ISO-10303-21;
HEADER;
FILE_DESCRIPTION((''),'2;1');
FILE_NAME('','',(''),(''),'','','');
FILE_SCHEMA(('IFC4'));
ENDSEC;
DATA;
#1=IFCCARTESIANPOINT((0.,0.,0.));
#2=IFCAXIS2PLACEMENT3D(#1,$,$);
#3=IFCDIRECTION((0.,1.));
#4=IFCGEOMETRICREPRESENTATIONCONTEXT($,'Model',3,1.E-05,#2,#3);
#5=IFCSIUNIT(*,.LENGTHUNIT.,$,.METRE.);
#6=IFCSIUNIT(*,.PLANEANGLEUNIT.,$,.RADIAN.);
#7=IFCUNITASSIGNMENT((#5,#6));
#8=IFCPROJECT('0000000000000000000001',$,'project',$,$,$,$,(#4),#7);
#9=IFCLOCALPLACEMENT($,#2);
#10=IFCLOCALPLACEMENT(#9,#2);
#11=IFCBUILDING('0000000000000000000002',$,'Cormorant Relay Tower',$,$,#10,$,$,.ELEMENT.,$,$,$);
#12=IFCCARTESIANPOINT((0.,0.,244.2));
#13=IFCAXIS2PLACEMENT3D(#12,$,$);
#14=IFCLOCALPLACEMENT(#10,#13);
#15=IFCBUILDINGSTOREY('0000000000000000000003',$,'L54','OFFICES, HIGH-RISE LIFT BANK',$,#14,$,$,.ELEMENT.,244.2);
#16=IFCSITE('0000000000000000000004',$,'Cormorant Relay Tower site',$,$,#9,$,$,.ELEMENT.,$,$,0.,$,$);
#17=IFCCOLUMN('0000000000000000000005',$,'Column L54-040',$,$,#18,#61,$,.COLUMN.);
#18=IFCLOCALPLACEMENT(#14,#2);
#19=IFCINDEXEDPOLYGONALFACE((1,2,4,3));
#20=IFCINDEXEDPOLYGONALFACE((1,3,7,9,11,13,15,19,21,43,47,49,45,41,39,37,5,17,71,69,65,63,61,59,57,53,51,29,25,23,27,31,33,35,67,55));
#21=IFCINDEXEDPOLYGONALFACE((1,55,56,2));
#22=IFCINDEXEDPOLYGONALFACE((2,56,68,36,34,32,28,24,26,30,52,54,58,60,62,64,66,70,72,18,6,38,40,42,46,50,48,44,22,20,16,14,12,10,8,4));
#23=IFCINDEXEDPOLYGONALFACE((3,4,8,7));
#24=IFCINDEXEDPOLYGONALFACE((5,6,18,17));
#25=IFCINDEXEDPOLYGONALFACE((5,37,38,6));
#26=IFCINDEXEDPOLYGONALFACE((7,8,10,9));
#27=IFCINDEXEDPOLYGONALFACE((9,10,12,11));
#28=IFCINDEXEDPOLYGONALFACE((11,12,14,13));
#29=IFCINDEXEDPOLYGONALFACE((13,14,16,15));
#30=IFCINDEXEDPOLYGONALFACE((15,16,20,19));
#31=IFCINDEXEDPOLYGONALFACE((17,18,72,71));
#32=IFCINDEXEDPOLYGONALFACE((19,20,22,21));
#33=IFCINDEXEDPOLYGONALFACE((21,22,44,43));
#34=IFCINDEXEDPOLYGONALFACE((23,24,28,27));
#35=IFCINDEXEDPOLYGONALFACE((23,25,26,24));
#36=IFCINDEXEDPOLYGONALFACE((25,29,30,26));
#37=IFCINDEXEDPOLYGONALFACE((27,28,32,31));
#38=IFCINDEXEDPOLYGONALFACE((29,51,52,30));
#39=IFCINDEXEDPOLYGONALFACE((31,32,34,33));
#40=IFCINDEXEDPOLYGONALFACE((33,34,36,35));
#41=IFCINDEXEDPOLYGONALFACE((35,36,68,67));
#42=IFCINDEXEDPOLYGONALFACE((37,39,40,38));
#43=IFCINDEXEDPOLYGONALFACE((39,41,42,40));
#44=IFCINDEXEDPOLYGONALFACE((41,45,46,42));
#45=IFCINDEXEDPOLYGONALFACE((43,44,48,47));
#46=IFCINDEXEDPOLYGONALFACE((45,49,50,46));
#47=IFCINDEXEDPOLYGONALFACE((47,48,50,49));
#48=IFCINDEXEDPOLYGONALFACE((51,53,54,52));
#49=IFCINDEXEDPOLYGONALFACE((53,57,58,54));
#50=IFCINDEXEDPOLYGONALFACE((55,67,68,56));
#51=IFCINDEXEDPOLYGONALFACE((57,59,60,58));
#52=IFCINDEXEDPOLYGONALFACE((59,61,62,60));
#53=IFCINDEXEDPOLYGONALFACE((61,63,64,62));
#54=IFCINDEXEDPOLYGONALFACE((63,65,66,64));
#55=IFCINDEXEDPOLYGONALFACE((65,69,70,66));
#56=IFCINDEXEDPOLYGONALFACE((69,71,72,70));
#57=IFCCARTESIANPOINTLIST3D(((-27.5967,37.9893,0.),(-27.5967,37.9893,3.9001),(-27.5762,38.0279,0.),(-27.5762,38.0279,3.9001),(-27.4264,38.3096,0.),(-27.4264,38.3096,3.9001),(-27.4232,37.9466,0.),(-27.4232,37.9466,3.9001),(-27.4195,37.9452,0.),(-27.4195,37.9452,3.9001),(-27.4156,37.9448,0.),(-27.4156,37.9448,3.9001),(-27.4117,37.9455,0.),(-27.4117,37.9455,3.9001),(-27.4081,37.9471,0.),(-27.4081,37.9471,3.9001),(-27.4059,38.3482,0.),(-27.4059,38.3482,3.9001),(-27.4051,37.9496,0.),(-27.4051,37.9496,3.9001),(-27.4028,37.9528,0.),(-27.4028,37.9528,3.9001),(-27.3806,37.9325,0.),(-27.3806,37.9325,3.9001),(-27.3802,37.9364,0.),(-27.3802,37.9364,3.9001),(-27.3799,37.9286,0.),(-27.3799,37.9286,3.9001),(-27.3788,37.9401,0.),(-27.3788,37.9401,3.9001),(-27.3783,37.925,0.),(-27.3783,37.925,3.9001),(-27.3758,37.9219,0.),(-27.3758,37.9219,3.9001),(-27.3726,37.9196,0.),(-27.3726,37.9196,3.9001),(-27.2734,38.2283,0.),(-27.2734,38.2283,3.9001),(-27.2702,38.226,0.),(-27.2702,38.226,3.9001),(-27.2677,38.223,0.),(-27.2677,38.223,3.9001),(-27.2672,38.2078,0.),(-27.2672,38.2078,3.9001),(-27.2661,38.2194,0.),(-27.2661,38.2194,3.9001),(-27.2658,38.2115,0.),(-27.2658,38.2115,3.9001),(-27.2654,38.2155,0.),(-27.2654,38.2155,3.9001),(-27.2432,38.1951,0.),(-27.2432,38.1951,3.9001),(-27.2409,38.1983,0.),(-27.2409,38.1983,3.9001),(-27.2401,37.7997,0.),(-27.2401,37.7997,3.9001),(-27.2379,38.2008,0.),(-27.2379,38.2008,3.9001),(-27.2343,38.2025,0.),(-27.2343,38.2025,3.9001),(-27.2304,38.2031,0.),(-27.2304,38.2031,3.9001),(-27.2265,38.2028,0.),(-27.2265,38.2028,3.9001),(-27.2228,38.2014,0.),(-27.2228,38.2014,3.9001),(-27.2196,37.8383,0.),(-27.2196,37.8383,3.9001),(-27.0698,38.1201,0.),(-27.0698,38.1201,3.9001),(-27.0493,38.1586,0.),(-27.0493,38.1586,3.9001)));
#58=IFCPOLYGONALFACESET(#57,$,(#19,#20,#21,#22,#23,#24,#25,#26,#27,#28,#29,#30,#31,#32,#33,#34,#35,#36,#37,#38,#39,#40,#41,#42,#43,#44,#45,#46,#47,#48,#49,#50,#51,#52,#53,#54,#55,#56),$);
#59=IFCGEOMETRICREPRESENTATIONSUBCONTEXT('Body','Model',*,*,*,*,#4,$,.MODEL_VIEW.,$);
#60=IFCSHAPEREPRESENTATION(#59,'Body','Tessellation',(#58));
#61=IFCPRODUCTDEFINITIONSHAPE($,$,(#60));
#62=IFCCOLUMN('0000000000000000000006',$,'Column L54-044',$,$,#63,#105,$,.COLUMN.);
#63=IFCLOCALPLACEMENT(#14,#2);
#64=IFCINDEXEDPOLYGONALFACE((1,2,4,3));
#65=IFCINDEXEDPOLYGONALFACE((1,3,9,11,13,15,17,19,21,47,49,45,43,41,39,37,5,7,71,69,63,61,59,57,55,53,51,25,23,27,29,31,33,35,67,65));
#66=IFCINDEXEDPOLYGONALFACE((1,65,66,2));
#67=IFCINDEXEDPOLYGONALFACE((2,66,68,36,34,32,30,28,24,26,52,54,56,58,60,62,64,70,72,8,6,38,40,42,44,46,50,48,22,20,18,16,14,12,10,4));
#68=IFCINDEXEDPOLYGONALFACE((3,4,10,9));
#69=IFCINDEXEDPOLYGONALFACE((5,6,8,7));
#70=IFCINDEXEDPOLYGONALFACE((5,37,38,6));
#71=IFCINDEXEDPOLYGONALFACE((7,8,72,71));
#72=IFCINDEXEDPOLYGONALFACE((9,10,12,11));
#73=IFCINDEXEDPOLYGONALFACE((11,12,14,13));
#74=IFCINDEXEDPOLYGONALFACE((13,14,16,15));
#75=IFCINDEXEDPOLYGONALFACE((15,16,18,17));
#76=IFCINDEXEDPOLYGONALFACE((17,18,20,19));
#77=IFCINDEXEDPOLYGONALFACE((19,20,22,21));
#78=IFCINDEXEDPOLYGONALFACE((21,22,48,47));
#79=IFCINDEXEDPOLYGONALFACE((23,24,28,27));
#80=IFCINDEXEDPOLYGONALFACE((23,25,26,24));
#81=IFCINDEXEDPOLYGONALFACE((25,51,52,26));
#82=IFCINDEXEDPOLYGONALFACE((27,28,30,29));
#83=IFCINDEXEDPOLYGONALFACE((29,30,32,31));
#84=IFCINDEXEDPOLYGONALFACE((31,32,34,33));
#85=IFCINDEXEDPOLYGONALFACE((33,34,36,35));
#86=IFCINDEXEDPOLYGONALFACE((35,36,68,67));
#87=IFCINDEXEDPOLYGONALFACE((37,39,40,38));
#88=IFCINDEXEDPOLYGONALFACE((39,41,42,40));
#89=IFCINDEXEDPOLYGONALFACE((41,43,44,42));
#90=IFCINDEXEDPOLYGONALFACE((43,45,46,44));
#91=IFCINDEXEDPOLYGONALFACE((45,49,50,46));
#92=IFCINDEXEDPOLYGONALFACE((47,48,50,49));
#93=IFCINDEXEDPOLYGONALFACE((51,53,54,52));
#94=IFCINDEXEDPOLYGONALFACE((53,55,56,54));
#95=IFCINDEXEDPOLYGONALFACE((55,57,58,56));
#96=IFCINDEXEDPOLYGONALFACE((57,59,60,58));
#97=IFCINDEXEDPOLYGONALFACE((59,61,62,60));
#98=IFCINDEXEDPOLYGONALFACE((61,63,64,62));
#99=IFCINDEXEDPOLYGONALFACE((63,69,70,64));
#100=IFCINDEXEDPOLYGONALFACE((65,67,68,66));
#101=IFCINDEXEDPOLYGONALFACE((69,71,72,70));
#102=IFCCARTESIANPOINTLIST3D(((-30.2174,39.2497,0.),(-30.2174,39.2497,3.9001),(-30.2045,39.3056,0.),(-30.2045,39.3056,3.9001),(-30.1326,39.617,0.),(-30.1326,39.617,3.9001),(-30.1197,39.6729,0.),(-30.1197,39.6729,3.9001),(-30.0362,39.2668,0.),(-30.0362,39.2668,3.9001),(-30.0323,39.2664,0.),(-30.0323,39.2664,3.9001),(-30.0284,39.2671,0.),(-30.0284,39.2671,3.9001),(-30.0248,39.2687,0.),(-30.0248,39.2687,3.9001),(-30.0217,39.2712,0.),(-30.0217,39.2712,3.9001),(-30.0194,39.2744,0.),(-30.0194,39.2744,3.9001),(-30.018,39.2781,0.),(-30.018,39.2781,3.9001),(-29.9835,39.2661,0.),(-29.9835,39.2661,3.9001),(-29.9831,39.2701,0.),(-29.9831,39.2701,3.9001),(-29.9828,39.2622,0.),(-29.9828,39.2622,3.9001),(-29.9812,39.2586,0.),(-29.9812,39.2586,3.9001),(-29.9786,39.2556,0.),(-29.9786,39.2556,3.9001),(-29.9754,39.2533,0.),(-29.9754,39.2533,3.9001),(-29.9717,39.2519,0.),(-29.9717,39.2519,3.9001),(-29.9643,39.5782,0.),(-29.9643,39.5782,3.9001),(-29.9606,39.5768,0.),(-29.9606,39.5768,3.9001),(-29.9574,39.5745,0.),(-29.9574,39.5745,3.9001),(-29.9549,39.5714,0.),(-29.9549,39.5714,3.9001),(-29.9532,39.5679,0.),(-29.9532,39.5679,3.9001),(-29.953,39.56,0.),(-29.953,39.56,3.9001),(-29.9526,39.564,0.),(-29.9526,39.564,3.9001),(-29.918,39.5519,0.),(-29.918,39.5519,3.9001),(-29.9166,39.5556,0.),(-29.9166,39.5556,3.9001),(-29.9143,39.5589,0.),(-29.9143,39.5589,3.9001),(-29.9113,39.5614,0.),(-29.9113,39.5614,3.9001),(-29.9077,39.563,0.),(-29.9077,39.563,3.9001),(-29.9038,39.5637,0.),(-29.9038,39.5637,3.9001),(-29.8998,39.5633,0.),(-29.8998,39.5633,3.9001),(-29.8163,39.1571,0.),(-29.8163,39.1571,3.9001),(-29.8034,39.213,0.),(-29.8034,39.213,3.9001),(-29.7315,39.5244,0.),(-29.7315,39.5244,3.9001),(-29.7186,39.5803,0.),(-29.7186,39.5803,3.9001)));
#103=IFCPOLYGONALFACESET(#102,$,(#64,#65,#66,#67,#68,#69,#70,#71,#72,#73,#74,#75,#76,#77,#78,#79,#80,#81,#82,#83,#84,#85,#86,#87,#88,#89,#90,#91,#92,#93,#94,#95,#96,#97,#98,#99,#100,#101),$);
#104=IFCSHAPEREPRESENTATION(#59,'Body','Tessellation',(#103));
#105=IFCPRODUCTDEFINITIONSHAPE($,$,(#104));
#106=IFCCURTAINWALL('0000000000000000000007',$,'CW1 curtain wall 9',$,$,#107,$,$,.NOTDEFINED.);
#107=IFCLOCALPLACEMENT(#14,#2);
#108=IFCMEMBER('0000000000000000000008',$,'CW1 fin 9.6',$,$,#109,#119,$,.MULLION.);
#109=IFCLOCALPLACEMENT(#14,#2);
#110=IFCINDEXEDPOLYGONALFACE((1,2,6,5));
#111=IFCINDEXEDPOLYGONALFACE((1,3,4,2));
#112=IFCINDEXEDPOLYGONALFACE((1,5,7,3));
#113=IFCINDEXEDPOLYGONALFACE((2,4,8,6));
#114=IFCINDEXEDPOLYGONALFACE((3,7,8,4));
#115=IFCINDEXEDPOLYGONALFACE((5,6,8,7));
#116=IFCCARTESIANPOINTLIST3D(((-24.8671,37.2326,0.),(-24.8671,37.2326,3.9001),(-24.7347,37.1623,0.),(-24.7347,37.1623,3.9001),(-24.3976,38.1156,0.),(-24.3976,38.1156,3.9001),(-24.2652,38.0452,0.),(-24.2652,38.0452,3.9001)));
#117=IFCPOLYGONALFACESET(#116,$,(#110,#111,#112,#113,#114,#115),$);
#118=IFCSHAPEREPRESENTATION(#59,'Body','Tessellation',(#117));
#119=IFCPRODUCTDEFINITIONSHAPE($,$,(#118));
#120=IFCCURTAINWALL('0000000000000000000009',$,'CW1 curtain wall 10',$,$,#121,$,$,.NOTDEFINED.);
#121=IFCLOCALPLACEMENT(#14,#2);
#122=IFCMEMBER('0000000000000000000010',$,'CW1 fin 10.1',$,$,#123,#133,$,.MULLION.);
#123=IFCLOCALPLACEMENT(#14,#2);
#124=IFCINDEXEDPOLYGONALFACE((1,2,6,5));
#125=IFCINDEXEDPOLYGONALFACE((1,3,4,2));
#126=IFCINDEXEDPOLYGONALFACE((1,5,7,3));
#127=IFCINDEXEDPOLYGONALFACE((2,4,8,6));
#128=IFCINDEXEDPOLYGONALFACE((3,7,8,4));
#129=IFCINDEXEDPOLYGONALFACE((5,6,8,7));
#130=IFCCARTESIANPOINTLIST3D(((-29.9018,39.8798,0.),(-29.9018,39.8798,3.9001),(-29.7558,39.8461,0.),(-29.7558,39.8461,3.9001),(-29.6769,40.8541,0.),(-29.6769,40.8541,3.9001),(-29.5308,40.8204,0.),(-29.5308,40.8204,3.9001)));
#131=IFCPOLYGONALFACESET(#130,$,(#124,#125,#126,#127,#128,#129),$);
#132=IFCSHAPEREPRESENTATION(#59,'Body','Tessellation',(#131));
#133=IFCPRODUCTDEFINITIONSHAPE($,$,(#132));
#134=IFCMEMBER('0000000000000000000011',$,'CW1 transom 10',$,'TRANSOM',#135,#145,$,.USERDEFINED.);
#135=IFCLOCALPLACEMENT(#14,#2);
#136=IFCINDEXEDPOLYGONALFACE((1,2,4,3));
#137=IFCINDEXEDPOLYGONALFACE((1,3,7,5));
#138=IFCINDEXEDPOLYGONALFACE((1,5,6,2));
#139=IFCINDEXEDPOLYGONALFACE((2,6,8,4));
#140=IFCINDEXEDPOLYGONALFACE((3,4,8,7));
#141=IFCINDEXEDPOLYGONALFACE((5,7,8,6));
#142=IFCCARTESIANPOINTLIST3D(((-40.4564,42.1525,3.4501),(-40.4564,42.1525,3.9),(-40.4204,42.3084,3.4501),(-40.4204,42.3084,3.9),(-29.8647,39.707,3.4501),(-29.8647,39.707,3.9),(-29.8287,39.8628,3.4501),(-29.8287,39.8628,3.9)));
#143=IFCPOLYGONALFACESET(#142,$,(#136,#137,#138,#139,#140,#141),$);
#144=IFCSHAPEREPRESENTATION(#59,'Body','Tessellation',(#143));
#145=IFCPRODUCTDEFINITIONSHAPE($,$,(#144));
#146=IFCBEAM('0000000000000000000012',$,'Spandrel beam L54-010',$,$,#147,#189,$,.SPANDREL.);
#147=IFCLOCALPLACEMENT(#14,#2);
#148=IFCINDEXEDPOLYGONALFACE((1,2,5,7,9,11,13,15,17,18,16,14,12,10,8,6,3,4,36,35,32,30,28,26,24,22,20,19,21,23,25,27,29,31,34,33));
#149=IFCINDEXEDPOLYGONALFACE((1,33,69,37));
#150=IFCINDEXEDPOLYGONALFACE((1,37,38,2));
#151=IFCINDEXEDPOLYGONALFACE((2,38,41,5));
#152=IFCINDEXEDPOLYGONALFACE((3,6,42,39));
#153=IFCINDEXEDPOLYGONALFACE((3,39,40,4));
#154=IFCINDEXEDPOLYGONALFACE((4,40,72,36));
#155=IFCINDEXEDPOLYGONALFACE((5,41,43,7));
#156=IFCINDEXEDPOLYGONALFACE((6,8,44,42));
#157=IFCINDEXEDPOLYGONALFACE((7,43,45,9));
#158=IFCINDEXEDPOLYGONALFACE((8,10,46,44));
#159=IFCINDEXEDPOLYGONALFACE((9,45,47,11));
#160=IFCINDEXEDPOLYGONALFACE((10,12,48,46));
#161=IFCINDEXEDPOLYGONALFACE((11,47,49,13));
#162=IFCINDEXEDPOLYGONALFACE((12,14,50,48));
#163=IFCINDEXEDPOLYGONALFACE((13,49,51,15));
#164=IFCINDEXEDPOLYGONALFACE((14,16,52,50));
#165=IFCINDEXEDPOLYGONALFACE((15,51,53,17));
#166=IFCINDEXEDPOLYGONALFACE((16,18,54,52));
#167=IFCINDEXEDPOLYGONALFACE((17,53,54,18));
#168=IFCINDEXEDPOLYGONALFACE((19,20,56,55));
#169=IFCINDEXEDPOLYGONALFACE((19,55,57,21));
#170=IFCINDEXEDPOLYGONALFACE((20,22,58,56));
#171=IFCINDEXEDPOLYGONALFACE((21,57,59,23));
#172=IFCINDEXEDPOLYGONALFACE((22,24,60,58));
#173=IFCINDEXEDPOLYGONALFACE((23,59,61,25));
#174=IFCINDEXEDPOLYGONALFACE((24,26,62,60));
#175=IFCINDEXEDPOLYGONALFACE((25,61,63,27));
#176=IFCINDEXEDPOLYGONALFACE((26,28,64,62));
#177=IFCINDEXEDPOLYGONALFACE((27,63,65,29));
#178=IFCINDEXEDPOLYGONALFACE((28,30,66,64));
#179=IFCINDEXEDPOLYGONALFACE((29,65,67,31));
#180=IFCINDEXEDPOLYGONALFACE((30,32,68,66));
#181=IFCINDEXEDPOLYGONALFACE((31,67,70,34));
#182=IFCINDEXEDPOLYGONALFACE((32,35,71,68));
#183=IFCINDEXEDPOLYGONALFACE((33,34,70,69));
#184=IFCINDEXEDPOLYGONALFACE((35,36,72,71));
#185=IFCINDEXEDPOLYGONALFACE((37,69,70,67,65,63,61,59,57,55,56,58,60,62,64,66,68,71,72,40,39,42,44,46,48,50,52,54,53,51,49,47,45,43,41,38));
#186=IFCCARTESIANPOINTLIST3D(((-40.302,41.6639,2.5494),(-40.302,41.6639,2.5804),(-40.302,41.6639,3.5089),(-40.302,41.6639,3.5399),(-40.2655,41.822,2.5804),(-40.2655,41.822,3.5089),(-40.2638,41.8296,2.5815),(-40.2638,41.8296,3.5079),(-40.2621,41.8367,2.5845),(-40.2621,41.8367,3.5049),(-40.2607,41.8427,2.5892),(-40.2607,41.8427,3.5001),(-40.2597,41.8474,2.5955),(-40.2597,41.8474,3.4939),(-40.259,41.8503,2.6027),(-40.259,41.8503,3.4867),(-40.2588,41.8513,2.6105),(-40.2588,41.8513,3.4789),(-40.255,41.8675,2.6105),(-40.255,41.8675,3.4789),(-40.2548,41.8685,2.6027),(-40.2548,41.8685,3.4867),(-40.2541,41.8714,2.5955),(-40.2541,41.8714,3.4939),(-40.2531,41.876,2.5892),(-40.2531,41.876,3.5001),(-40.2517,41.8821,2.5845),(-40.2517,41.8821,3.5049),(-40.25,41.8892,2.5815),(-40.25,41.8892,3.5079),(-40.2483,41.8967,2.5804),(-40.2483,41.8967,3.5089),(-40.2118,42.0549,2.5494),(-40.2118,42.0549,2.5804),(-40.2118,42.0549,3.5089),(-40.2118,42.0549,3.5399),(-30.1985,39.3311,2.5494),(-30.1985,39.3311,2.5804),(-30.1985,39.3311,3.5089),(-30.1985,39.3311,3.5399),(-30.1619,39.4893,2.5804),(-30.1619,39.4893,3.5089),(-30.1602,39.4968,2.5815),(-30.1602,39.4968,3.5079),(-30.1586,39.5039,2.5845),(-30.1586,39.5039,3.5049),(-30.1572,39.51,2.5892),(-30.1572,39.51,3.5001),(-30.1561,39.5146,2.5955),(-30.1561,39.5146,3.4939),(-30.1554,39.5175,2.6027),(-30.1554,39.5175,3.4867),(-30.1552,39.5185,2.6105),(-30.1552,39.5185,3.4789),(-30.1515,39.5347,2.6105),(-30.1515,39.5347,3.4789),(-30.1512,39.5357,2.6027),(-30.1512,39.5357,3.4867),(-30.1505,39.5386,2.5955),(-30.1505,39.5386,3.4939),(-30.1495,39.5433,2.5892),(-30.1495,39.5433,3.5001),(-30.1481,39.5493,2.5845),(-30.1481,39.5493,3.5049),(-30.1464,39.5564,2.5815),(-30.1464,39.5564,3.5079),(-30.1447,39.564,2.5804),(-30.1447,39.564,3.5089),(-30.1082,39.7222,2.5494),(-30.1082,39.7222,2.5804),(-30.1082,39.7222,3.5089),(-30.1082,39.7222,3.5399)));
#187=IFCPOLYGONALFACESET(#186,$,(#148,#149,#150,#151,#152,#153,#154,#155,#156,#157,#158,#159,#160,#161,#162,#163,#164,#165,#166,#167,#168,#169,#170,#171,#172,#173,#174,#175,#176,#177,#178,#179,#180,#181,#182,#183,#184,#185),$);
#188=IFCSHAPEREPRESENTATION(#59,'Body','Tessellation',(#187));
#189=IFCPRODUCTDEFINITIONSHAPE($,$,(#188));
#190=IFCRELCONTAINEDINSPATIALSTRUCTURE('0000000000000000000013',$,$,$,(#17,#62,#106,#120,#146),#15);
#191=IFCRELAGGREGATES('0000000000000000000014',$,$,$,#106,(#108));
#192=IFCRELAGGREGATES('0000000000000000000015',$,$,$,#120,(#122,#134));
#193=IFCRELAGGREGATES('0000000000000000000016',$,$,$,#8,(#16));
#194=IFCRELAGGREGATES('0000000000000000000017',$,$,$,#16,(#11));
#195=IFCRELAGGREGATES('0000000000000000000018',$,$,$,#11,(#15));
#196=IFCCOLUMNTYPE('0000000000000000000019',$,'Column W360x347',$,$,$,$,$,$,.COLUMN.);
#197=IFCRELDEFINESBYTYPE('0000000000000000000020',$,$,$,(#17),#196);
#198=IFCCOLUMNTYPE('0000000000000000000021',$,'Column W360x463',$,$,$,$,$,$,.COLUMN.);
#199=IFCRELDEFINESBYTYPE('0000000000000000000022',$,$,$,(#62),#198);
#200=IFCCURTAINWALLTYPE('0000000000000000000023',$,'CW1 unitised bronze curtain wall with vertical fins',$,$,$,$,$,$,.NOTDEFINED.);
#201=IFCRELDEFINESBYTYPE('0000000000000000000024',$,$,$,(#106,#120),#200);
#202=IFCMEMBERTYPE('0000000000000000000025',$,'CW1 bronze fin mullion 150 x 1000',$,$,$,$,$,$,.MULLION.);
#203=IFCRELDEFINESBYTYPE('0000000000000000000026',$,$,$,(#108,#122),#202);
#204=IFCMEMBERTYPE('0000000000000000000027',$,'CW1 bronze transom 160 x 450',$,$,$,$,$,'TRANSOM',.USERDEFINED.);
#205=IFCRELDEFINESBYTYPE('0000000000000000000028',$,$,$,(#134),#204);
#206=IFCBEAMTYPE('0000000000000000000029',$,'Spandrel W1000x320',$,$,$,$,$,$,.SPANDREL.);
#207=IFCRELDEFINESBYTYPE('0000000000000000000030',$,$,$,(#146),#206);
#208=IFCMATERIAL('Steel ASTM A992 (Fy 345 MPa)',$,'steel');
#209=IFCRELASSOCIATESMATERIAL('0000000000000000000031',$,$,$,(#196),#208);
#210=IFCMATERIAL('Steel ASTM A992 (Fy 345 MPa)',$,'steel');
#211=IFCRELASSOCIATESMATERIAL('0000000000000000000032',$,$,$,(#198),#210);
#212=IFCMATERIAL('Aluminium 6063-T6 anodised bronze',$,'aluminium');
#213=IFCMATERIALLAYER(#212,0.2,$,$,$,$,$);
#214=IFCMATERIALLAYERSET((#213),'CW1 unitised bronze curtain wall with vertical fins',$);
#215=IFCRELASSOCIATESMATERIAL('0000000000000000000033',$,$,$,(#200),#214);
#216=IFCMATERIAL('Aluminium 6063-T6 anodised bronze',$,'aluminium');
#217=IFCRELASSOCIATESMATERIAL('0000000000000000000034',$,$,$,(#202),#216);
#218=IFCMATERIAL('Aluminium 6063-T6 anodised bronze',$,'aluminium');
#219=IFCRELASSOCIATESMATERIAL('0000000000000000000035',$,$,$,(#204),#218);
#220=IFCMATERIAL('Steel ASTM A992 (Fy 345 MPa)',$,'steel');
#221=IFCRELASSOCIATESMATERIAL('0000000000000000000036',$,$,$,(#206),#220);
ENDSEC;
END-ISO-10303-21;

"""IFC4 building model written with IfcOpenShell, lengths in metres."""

from ifc_helpers import new_model, si_unit, direction, frame, origin, origin_2d, place, context, subcontext, project, spatial, rectangle, i_section, extrude, material, layer, layer_set, material_profile, profile_set, type_object, element, aggregate, save


model = new_model("IFC4")

# Units and contexts
model_context = context("Model", 3, precision=1e-05, world=origin(), true_north=direction((0.0, 1.0)))
body_context = subcontext(model_context, "Body", "Model", "MODEL_VIEW")
ifc_project = project(units=[si_unit("LENGTHUNIT", "METRE"), si_unit("PLANEANGLEUNIT", "RADIAN")], contexts=[model_context])

# Site, building, storey
site_placement = place(None, origin())
site = spatial("IfcSite", under=ifc_project, at=site_placement, Name="Cormorant Relay Tower site", CompositionType="ELEMENT", RefElevation=0.0)
building_placement = place(site_placement, origin())
building = spatial("IfcBuilding", under=site, at=building_placement, Name="Cormorant Relay Tower", CompositionType="ELEMENT")
storey_placement = place(building_placement, frame((0.0, 0.0, 244.2)))
storey = spatial("IfcBuildingStorey", under=building, at=storey_placement, Name="L54", Description="OFFICES, HIGH-RISE LIFT BANK", CompositionType="ELEMENT", Elevation=244.2)

# Columns
ifc_material_1 = material(Name="Steel ASTM A992 (Fy 345 MPa)", Category="steel")
ifc_material_profile_1 = material_profile(ifc_material_1, i_section(OverallWidth=0.4038, OverallDepth=0.4065, WebThickness=0.0271, FlangeThickness=0.0437, FilletRadius=0.0151, at=origin_2d()), Name="W360x347")
ifc_profile_set_1 = profile_set([ifc_material_profile_1], Name="Steel ASTM A992 (Fy 345 MPa)")
column_type_1 = type_object("IfcColumnType", Name="Column W360x347", PredefinedType="COLUMN", material=ifc_profile_set_1)
column_1_placement = place(storey_placement, frame((-27.323, 38.074, 0.0), z_axis=(0.0, 0.0, 1.0), x_axis=(-0.882948, 0.469472, 0.0)))
element("IfcColumn", 1, at=column_1_placement, inside=storey, type_object=column_type_1, Name="Column L54-040", PredefinedType="COLUMN", context=body_context, shape_type="SweptSolid", body=[
    extrude(i_section(OverallWidth=0.4038, OverallDepth=0.4065, WebThickness=0.0271, FlangeThickness=0.0437, FilletRadius=0.0151, at=origin_2d()), origin(), (0.0, 0.0, 1.0), 3.9001),
])
ifc_material_2 = material(Name="Steel ASTM A992 (Fy 345 MPa)", Category="steel")
ifc_material_profile_2 = material_profile(ifc_material_2, i_section(OverallWidth=0.4116, OverallDepth=0.4343, WebThickness=0.0359, FlangeThickness=0.0574, FilletRadius=0.0151, at=origin_2d()), Name="W360x463")
ifc_profile_set_2 = profile_set([ifc_material_profile_2], Name="Steel ASTM A992 (Fy 345 MPa)")
column_type_2 = type_object("IfcColumnType", Name="Column W360x463", PredefinedType="COLUMN", material=ifc_profile_set_2)
column_2_placement = place(storey_placement, frame((-29.968, 39.415, 0.0), z_axis=(0.0, 0.0, 1.0), x_axis=(-0.97437, 0.224951, 0.0)))
element("IfcColumn", 2, at=column_2_placement, inside=storey, type_object=column_type_2, Name="Column L54-044", PredefinedType="COLUMN", context=body_context, shape_type="SweptSolid", body=[
    extrude(i_section(OverallWidth=0.4116, OverallDepth=0.4343, WebThickness=0.0359, FlangeThickness=0.0574, FilletRadius=0.0151, at=origin_2d()), origin(), (0.0, 0.0, 1.0), 3.9001),
])

# Curtain wall, member
ifc_material_3 = material(Name="Aluminium 6063-T6 anodised bronze", Category="aluminium")
ifc_layer_1 = layer(ifc_material_3, 0.2)
ifc_layer_set_1 = layer_set([ifc_layer_1], Name="CW1 unitised bronze curtain wall with vertical fins")
curtain_wall_type = type_object("IfcCurtainWallType", Name="CW1 unitised bronze curtain wall with vertical fins", PredefinedType="NOTDEFINED", material=ifc_layer_set_1)
curtain_wall_1_placement = place(storey_placement, origin())
curtain_wall_1 = element("IfcCurtainWall", 3, at=curtain_wall_1_placement, inside=storey, type_object=curtain_wall_type, Name="CW1 curtain wall 9", PredefinedType="NOTDEFINED")
ifc_material_4 = material(Name="Aluminium 6063-T6 anodised bronze", Category="aluminium")
ifc_material_profile_3 = material_profile(ifc_material_4, rectangle(XDim=0.1499, YDim=1.0, at=origin_2d()), Name="AL 150x1000")
ifc_profile_set_3 = profile_set([ifc_material_profile_3], Name="Aluminium 6063-T6 anodised bronze")
member_type_1 = type_object("IfcMemberType", Name="CW1 bronze fin mullion 150 x 1000", PredefinedType="MULLION", material=ifc_profile_set_3)
member_1_placement = place(storey_placement, frame((-24.5662, 37.6389, 0.0), z_axis=(0.0, 0.0, 1.0), x_axis=(-0.882948, 0.469472, 0.0)))
member_1 = element("IfcMember", 4, at=member_1_placement, type_object=member_type_1, Name="CW1 fin 9.6", PredefinedType="MULLION", context=body_context, shape_type="SweptSolid", body=[
    extrude(rectangle(XDim=0.1499, YDim=1.0, at=origin_2d()), origin(), (0.0, 0.0, 1.0), 3.9001),
])

# Curtain wall, members
curtain_wall_2_placement = place(storey_placement, origin())
curtain_wall_2 = element("IfcCurtainWall", 5, at=curtain_wall_2_placement, inside=storey, type_object=curtain_wall_type, Name="CW1 curtain wall 10", PredefinedType="NOTDEFINED")
member_2_placement = place(storey_placement, frame((-29.7163, 40.3501, 0.0), z_axis=(0.0, 0.0, 1.0), x_axis=(-0.97437, 0.224951, 0.0)))
member_2 = element("IfcMember", 6, at=member_2_placement, type_object=member_type_1, Name="CW1 fin 10.1", PredefinedType="MULLION", context=body_context, shape_type="SweptSolid", body=[
    extrude(rectangle(XDim=0.1499, YDim=1.0, at=origin_2d()), origin(), (0.0, 0.0, 1.0), 3.9001),
])
ifc_material_5 = material(Name="Aluminium 6063-T6 anodised bronze", Category="aluminium")
ifc_material_profile_4 = material_profile(ifc_material_5, rectangle(XDim=0.1599, YDim=0.45, at=origin_2d()), Name="AL 160x450")
ifc_profile_set_4 = profile_set([ifc_material_profile_4], Name="Aluminium 6063-T6 anodised bronze")
member_type_2 = type_object("IfcMemberType", Name="CW1 bronze transom 160 x 450", ElementType="TRANSOM", PredefinedType="USERDEFINED", material=ifc_profile_set_4)
member_3_placement = place(storey_placement, frame((-29.8467, 39.7849, 3.675), z_axis=(-0.974365, 0.224973, 0.0), x_axis=(-0.224973, -0.974365, 0.0)))
member_3 = element("IfcMember", 7, at=member_3_placement, type_object=member_type_2, Name="CW1 transom 10", ObjectType="TRANSOM", PredefinedType="USERDEFINED", context=body_context, shape_type="SweptSolid", body=[
    extrude(rectangle(XDim=0.1599, YDim=0.45, at=origin_2d()), origin(), (0.0, 0.0, 1.0), 10.8704),
])

# Beam
ifc_material_6 = material(Name="Steel ASTM A992 (Fy 345 MPa)", Category="steel")
ifc_material_profile_5 = material_profile(ifc_material_6, i_section(OverallWidth=0.4014, OverallDepth=0.9905, WebThickness=0.0166, FlangeThickness=0.031, FilletRadius=0.03, at=origin_2d()), Name="W1000x320")
ifc_profile_set_5 = profile_set([ifc_material_profile_5], Name="Steel ASTM A992 (Fy 345 MPa)")
beam_type = type_object("IfcBeamType", Name="Spandrel W1000x320", PredefinedType="SPANDREL", material=ifc_profile_set_5)
beam_placement = place(storey_placement, frame((-30.1533, 39.5266, 3.0447), z_axis=(-0.974366, 0.224968, 0.0), x_axis=(-0.224968, -0.974366, 0.0)))
element("IfcBeam", 8, at=beam_placement, inside=storey, type_object=beam_type, Name="Spandrel beam L54-010", PredefinedType="SPANDREL", context=body_context, shape_type="SweptSolid", body=[
    extrude(i_section(OverallWidth=0.4014, OverallDepth=0.9905, WebThickness=0.0166, FlangeThickness=0.031, FilletRadius=0.03, at=origin_2d()), origin(), (0.0, 0.0, 1.0), 10.3694),
])

aggregate(curtain_wall_1, [member_1])
aggregate(curtain_wall_2, [member_2, member_3])

save(model, "model.ifc")
